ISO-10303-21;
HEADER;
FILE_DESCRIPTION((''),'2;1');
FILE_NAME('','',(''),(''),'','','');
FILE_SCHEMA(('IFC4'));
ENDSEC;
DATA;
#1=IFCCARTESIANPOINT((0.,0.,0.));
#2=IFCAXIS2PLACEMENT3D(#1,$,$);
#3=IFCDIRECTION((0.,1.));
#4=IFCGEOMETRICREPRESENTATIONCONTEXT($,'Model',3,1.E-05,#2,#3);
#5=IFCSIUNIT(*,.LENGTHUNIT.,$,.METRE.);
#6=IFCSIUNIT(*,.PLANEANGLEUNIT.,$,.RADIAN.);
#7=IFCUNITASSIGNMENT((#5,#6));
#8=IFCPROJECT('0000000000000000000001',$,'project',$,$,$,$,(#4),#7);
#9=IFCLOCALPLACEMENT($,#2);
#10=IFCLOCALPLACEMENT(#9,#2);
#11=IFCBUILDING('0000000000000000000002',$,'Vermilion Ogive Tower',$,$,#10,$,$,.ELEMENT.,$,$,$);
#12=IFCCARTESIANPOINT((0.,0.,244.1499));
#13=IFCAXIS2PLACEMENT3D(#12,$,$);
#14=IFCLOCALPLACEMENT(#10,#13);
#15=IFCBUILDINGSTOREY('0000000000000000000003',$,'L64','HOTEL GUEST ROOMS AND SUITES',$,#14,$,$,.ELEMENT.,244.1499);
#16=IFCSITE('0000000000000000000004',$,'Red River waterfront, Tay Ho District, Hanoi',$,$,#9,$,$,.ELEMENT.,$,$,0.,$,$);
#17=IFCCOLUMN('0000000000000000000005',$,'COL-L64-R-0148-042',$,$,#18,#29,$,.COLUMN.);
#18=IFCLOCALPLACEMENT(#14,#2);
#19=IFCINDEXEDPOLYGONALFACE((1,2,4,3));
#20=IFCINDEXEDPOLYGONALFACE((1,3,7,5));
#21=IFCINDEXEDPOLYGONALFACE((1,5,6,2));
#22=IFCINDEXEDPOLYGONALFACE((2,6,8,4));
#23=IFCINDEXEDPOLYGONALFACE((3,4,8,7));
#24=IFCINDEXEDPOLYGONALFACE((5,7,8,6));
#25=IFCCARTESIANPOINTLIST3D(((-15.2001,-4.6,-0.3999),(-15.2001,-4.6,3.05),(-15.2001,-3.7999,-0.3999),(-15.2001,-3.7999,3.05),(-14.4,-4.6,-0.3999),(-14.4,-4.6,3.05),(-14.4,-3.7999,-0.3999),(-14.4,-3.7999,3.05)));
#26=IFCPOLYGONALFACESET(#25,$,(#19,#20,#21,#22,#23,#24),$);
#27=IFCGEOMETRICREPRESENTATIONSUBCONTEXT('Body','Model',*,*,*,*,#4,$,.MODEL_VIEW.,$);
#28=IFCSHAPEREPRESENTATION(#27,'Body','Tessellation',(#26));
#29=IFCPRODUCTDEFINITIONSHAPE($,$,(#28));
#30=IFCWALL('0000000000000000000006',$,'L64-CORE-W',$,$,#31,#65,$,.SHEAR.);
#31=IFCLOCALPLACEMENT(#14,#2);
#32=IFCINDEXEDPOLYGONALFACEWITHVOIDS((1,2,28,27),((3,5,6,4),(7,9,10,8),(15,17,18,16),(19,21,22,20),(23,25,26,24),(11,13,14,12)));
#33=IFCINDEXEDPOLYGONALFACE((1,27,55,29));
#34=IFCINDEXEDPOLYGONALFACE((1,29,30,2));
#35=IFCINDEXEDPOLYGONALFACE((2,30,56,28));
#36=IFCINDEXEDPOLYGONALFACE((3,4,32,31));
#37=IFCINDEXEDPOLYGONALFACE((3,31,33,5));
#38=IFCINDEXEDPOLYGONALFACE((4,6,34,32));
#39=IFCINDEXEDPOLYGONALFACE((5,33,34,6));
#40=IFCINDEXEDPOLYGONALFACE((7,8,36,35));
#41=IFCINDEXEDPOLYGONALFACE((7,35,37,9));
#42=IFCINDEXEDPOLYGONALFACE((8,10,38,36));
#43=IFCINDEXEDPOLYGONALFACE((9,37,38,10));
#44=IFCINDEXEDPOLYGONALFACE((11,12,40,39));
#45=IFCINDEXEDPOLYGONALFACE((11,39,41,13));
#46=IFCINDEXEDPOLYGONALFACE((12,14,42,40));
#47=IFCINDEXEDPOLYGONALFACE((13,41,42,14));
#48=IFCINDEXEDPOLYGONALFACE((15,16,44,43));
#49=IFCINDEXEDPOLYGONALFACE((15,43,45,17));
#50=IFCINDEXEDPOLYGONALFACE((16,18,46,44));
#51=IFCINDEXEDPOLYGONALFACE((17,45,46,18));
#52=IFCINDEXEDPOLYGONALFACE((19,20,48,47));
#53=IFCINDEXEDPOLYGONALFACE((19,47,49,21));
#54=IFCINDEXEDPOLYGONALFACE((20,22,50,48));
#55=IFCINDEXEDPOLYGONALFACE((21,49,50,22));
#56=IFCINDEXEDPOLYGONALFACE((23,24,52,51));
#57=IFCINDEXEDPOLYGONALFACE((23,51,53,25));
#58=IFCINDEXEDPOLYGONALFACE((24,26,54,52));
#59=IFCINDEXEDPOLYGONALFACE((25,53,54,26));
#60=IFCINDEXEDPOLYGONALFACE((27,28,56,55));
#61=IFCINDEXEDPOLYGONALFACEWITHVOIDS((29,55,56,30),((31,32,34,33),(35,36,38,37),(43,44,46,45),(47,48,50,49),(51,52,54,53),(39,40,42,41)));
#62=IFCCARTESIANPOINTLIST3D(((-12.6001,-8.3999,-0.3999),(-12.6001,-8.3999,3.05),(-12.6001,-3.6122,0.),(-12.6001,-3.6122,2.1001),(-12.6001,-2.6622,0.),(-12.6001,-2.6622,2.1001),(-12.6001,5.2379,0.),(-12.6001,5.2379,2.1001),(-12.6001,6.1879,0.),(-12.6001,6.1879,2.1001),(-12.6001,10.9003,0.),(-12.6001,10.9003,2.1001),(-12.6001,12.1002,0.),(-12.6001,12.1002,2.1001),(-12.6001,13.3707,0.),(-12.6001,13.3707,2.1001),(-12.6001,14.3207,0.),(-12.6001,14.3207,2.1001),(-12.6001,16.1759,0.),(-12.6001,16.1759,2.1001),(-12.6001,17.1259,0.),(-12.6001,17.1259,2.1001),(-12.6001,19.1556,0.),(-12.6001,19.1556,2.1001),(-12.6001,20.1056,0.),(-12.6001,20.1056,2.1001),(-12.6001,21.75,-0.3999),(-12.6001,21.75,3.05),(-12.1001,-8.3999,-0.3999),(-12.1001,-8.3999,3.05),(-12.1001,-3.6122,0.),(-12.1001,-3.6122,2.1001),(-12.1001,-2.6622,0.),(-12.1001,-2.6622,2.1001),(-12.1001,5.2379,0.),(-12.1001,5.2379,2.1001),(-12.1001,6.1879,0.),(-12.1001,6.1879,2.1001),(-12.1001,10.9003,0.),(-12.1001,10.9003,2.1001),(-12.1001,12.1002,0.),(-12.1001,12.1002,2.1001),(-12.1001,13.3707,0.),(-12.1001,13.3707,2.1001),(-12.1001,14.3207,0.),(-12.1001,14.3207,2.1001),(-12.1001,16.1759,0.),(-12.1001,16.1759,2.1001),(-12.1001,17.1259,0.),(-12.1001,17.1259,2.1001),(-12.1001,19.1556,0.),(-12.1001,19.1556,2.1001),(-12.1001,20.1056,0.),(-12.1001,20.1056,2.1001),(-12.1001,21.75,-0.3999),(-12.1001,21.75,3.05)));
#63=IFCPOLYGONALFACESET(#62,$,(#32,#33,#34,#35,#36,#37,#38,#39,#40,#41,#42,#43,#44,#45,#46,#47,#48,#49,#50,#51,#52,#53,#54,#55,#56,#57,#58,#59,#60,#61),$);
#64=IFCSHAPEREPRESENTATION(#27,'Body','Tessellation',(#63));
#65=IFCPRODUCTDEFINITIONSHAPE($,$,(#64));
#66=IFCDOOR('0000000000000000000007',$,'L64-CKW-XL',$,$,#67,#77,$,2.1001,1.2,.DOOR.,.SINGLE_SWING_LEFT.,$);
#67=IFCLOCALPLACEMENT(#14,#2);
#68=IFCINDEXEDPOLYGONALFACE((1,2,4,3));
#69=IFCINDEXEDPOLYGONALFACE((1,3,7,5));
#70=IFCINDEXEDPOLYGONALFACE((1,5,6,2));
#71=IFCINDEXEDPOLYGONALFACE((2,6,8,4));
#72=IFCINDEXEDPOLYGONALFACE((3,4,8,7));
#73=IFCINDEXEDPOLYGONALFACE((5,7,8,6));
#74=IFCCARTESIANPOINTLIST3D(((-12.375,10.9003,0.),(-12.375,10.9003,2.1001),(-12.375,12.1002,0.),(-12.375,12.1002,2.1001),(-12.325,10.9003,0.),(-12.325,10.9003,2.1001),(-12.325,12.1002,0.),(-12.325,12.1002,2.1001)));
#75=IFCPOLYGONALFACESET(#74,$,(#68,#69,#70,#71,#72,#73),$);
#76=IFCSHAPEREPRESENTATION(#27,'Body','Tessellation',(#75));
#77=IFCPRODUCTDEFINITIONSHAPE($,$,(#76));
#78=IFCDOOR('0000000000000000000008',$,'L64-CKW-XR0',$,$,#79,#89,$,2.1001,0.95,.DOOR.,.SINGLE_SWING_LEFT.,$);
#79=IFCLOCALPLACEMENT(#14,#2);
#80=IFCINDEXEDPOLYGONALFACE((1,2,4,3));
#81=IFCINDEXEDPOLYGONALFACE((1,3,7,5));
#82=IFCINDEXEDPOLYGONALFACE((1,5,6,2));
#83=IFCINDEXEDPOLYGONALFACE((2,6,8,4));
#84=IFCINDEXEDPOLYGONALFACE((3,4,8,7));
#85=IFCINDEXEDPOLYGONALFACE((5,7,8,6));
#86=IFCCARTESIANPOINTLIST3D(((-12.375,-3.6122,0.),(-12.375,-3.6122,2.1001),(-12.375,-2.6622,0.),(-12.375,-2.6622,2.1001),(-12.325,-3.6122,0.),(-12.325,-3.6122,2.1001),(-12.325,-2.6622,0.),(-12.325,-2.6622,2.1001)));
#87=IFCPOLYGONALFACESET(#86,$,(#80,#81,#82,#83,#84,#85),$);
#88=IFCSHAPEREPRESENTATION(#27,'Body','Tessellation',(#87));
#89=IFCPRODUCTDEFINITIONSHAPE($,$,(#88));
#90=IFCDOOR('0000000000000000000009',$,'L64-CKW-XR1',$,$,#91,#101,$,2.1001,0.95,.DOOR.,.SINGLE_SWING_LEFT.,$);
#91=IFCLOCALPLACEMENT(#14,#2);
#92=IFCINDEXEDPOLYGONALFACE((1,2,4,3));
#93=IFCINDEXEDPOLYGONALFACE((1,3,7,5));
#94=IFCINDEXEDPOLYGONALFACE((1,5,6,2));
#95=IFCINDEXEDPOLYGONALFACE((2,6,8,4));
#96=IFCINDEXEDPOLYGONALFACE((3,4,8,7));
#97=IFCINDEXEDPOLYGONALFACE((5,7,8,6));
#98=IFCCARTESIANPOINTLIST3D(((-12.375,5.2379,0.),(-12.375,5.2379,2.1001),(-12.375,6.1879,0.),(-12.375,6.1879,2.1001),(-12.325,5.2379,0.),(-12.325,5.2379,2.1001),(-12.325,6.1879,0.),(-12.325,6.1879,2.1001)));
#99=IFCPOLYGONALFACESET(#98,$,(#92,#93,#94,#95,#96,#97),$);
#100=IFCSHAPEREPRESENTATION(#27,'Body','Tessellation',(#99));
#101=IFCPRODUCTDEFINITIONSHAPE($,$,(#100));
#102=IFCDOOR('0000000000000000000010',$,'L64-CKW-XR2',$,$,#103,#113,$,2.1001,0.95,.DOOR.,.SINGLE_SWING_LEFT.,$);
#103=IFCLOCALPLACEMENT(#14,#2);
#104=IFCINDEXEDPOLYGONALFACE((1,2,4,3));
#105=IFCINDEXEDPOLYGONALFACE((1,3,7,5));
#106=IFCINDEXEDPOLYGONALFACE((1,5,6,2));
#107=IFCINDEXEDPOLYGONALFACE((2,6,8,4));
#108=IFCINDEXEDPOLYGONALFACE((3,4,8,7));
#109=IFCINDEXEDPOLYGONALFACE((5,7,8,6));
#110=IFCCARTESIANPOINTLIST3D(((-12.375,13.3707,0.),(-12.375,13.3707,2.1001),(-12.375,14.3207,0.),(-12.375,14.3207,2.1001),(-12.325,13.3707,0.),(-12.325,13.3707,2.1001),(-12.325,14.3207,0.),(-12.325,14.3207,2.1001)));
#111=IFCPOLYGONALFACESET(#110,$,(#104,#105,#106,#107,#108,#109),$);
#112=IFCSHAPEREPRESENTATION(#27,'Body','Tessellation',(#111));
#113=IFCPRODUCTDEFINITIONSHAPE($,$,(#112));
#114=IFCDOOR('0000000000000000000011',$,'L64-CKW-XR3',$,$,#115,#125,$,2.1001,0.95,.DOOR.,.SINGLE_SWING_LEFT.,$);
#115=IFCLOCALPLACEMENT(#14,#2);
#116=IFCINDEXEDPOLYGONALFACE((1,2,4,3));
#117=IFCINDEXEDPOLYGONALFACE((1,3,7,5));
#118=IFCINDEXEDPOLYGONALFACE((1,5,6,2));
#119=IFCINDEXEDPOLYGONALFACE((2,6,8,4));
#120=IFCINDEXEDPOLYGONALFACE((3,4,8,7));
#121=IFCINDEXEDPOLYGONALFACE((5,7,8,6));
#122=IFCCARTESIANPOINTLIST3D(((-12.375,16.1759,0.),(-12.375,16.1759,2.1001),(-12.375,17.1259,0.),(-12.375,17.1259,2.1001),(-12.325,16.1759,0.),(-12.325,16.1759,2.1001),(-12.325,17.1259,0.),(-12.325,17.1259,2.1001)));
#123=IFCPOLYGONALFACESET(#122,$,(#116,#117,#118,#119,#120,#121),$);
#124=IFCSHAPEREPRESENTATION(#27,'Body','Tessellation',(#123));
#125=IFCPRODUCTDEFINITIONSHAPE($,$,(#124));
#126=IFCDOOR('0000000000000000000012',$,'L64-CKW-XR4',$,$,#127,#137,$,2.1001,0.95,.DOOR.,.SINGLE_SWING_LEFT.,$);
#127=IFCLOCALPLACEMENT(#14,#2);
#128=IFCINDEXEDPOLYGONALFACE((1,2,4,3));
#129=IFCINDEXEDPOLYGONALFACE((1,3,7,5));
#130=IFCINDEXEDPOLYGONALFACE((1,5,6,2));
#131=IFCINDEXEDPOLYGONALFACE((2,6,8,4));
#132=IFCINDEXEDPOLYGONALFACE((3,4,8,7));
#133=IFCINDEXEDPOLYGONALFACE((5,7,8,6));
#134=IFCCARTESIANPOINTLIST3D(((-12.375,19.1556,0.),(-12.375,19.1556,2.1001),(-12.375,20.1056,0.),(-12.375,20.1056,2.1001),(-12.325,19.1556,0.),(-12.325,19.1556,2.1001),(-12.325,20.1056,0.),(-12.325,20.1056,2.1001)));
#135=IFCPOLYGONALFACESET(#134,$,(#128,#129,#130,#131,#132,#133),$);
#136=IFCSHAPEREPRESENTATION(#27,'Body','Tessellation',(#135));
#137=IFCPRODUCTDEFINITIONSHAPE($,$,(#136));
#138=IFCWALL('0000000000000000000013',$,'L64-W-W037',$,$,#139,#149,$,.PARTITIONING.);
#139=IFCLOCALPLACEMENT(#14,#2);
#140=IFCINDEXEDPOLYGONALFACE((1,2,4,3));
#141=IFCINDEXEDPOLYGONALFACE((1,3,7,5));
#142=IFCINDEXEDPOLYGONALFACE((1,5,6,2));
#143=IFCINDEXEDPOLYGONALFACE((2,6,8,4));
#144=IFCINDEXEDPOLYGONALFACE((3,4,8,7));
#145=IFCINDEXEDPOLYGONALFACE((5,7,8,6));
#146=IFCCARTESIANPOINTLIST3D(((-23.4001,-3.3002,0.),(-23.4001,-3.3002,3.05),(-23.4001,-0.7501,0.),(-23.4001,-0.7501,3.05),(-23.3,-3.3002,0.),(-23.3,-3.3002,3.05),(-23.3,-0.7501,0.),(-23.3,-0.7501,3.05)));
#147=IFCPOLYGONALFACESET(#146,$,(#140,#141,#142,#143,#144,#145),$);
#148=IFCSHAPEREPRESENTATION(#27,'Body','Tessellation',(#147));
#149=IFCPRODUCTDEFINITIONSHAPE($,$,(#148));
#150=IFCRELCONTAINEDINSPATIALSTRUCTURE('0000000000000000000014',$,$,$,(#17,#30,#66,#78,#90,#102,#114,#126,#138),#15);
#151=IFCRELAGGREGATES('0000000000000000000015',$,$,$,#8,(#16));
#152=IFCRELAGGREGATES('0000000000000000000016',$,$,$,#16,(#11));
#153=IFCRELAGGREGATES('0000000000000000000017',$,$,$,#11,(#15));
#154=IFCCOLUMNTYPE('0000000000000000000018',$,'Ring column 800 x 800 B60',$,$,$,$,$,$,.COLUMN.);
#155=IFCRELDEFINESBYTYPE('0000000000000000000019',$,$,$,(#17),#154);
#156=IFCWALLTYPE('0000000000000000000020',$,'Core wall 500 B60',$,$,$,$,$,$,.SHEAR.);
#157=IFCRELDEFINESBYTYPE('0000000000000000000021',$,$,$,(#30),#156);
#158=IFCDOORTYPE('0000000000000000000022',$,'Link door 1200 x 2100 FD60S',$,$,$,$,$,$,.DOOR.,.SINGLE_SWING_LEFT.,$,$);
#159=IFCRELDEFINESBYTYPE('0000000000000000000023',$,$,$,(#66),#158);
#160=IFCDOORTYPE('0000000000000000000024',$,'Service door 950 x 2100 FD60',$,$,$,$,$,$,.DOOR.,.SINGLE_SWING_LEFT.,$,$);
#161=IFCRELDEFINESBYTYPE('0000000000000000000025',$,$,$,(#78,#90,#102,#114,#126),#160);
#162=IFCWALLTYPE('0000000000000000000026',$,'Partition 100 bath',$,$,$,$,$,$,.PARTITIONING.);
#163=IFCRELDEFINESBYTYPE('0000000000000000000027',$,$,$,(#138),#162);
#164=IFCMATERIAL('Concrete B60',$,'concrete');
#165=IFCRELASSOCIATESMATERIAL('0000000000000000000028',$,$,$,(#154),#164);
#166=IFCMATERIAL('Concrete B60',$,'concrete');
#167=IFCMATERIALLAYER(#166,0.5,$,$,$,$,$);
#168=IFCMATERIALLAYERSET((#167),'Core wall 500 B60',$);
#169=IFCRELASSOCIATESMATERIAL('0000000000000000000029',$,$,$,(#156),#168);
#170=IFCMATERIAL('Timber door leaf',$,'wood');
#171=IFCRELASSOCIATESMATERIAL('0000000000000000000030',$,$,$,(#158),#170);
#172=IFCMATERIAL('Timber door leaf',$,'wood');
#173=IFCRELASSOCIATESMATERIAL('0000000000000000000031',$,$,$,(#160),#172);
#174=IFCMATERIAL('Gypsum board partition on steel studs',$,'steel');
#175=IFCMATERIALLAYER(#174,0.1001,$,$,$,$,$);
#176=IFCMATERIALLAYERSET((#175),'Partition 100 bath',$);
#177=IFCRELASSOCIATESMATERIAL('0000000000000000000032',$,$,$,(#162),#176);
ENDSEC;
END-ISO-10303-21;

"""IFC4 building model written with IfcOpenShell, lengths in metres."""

from ifc_helpers import new_model, si_unit, direction, frame, frame_2d, origin, origin_2d, place, context, subcontext, project, spatial, rectangle, extrude, material, layer, layer_set, material_profile, profile_set, type_object, element, fill, save


model = new_model("IFC4")

# Units and contexts
model_context = context("Model", 3, precision=1e-05, world=origin(), true_north=direction((0.0, 1.0)))
body_context = subcontext(model_context, "Body", "Model", "MODEL_VIEW")
ifc_project = project(units=[si_unit("LENGTHUNIT", "METRE"), si_unit("PLANEANGLEUNIT", "RADIAN")], contexts=[model_context])

# Site, building, storey
site_placement = place(None, origin())
site = spatial("IfcSite", under=ifc_project, at=site_placement, Name="Red River waterfront, Tay Ho District, Hanoi", CompositionType="ELEMENT", RefElevation=0.0)
building_placement = place(site_placement, origin())
building = spatial("IfcBuilding", under=site, at=building_placement, Name="Vermilion Ogive Tower", CompositionType="ELEMENT")
storey_placement = place(building_placement, frame((0.0, 0.0, 244.1499)))
storey = spatial("IfcBuildingStorey", under=building, at=storey_placement, Name="L64", Description="HOTEL GUEST ROOMS AND SUITES", CompositionType="ELEMENT", Elevation=244.1499)

# Column
ifc_material_1 = material(Name="Concrete B60", Category="concrete")
ifc_material_profile = material_profile(ifc_material_1, rectangle(XDim=0.8, YDim=0.8, at=origin_2d()), Name="800 x 800")
ifc_profile_set = profile_set([ifc_material_profile], Name="Concrete B60")
column_type = type_object("IfcColumnType", Name="Ring column 800 x 800 B60", PredefinedType="COLUMN", material=ifc_profile_set)
column_placement = place(storey_placement, frame((-14.8, -4.2, -0.3999), z_axis=(0.0, 0.0, 1.0), x_axis=(1.0, 0.0, 0.0)))
element("IfcColumn", 1, at=column_placement, inside=storey, type_object=column_type, Name="COL-L64-R-0148-042", PredefinedType="COLUMN", context=body_context, shape_type="SweptSolid", body=[
    extrude(rectangle(XDim=0.8, YDim=0.8, at=origin_2d()), origin(), (0.0, 0.0, 1.0), 3.45),
])

# Wall, openings, doors
ifc_material_2 = material(Name="Concrete B60", Category="concrete")
ifc_layer_1 = layer(ifc_material_2, 0.5)
ifc_layer_set_1 = layer_set([ifc_layer_1], Name="Core wall 500 B60")
wall_type_1 = type_object("IfcWallType", Name="Core wall 500 B60", PredefinedType="SHEAR", material=ifc_layer_set_1)
wall_1_placement = place(storey_placement, frame((-12.3501, -8.3999, -0.3999), z_axis=(0.0, 0.0, 1.0), x_axis=(0.0, 1.0, 0.0)))
wall_1 = element("IfcWall", 2, at=wall_1_placement, inside=storey, type_object=wall_type_1, Name="L64-CORE-W", PredefinedType="SHEAR", context=body_context, shape_type="SweptSolid", body=[
    extrude(rectangle(XDim=30.1499, YDim=0.5, at=frame_2d((15.075, 0.0))), origin(), (0.0, 0.0, 1.0), 3.45),
])
opening_1_placement = place(wall_1_placement, frame((4.7876, 0.0, 0.3999)))
opening_1 = element("IfcOpeningElement", 3, at=opening_1_placement, cuts=wall_1, PredefinedType="OPENING", context=body_context, shape_type="SweptSolid", body=[
    extrude(rectangle(XDim=0.95, YDim=2.1001, at=frame_2d((0.4751, 1.05))), frame((0.0, 0.26, 0.0), z_axis=(0.0, -1.0, 0.0), x_axis=(1.0, 0.0, 0.0)), (0.0, 0.0, 1.0), 0.52),
])
opening_2_placement = place(wall_1_placement, frame((13.6377, 0.0, 0.3999)))
opening_2 = element("IfcOpeningElement", 4, at=opening_2_placement, cuts=wall_1, PredefinedType="OPENING", context=body_context, shape_type="SweptSolid", body=[
    extrude(rectangle(XDim=0.95, YDim=2.1001, at=frame_2d((0.4751, 1.05))), frame((0.0, 0.26, 0.0), z_axis=(0.0, -1.0, 0.0), x_axis=(1.0, 0.0, 0.0)), (0.0, 0.0, 1.0), 0.52),
])
opening_3_placement = place(wall_1_placement, frame((21.7705, 0.0, 0.3999)))
opening_3 = element("IfcOpeningElement", 5, at=opening_3_placement, cuts=wall_1, PredefinedType="OPENING", context=body_context, shape_type="SweptSolid", body=[
    extrude(rectangle(XDim=0.95, YDim=2.1001, at=frame_2d((0.4751, 1.05))), frame((0.0, 0.26, 0.0), z_axis=(0.0, -1.0, 0.0), x_axis=(1.0, 0.0, 0.0)), (0.0, 0.0, 1.0), 0.52),
])
opening_4_placement = place(wall_1_placement, frame((24.5757, 0.0, 0.3999)))
opening_4 = element("IfcOpeningElement", 6, at=opening_4_placement, cuts=wall_1, PredefinedType="OPENING", context=body_context, shape_type="SweptSolid", body=[
    extrude(rectangle(XDim=0.95, YDim=2.1001, at=frame_2d((0.4751, 1.05))), frame((0.0, 0.26, 0.0), z_axis=(0.0, -1.0, 0.0), x_axis=(1.0, 0.0, 0.0)), (0.0, 0.0, 1.0), 0.52),
])
opening_5_placement = place(wall_1_placement, frame((27.5554, 0.0, 0.3999)))
opening_5 = element("IfcOpeningElement", 7, at=opening_5_placement, cuts=wall_1, PredefinedType="OPENING", context=body_context, shape_type="SweptSolid", body=[
    extrude(rectangle(XDim=0.95, YDim=2.1001, at=frame_2d((0.4751, 1.05))), frame((0.0, 0.26, 0.0), z_axis=(0.0, -1.0, 0.0), x_axis=(1.0, 0.0, 0.0)), (0.0, 0.0, 1.0), 0.52),
])
opening_6_placement = place(wall_1_placement, frame((19.3, 0.0, 0.3999)))
opening_6 = element("IfcOpeningElement", 8, at=opening_6_placement, cuts=wall_1, PredefinedType="OPENING", context=body_context, shape_type="SweptSolid", body=[
    extrude(rectangle(XDim=1.2, YDim=2.1001, at=frame_2d((0.6001, 1.05))), frame((0.0, 0.26, 0.0), z_axis=(0.0, -1.0, 0.0), x_axis=(1.0, 0.0, 0.0)), (0.0, 0.0, 1.0), 0.52),
])
ifc_material_3 = material(Name="Timber door leaf", Category="wood")
door_type_1 = type_object("IfcDoorType", Name="Link door 1200 x 2100 FD60S", OperationType="SINGLE_SWING_LEFT", PredefinedType="DOOR", material=ifc_material_3)
door_1_placement = place(opening_6_placement, origin())
door_1 = element("IfcDoor", 9, at=door_1_placement, inside=storey, type_object=door_type_1, Name="L64-CKW-XL", OperationType="SINGLE_SWING_LEFT", OverallHeight=2.1001, OverallWidth=1.2, PredefinedType="DOOR", context=body_context, shape_type="SweptSolid", body=[
    extrude(rectangle(XDim=1.2, YDim=2.1001, at=frame_2d((0.6001, 1.05))), frame((0.0, 0.0249, 0.0), z_axis=(0.0, -1.0, 0.0), x_axis=(1.0, 0.0, 0.0)), (0.0, 0.0, 1.0), 0.05),
])
fill(opening_6, door_1)
ifc_material_4 = material(Name="Timber door leaf", Category="wood")
door_type_2 = type_object("IfcDoorType", Name="Service door 950 x 2100 FD60", OperationType="SINGLE_SWING_LEFT", PredefinedType="DOOR", material=ifc_material_4)
door_2_placement = place(opening_1_placement, origin())
door_2 = element("IfcDoor", 10, at=door_2_placement, inside=storey, type_object=door_type_2, Name="L64-CKW-XR0", OperationType="SINGLE_SWING_LEFT", OverallHeight=2.1001, OverallWidth=0.95, PredefinedType="DOOR", context=body_context, shape_type="SweptSolid", body=[
    extrude(rectangle(XDim=0.95, YDim=2.1001, at=frame_2d((0.4751, 1.05))), frame((0.0, 0.0249, 0.0), z_axis=(0.0, -1.0, 0.0), x_axis=(1.0, 0.0, 0.0)), (0.0, 0.0, 1.0), 0.05),
])
fill(opening_1, door_2)
door_3_placement = place(opening_2_placement, origin())
door_3 = element("IfcDoor", 11, at=door_3_placement, inside=storey, type_object=door_type_2, Name="L64-CKW-XR1", OperationType="SINGLE_SWING_LEFT", OverallHeight=2.1001, OverallWidth=0.95, PredefinedType="DOOR", context=body_context, shape_type="SweptSolid", body=[
    extrude(rectangle(XDim=0.95, YDim=2.1001, at=frame_2d((0.4751, 1.05))), frame((0.0, 0.0249, 0.0), z_axis=(0.0, -1.0, 0.0), x_axis=(1.0, 0.0, 0.0)), (0.0, 0.0, 1.0), 0.05),
])
fill(opening_2, door_3)
door_4_placement = place(opening_3_placement, origin())
door_4 = element("IfcDoor", 12, at=door_4_placement, inside=storey, type_object=door_type_2, Name="L64-CKW-XR2", OperationType="SINGLE_SWING_LEFT", OverallHeight=2.1001, OverallWidth=0.95, PredefinedType="DOOR", context=body_context, shape_type="SweptSolid", body=[
    extrude(rectangle(XDim=0.95, YDim=2.1001, at=frame_2d((0.4751, 1.05))), frame((0.0, 0.0249, 0.0), z_axis=(0.0, -1.0, 0.0), x_axis=(1.0, 0.0, 0.0)), (0.0, 0.0, 1.0), 0.05),
])
fill(opening_3, door_4)
door_5_placement = place(opening_4_placement, origin())
door_5 = element("IfcDoor", 13, at=door_5_placement, inside=storey, type_object=door_type_2, Name="L64-CKW-XR3", OperationType="SINGLE_SWING_LEFT", OverallHeight=2.1001, OverallWidth=0.95, PredefinedType="DOOR", context=body_context, shape_type="SweptSolid", body=[
    extrude(rectangle(XDim=0.95, YDim=2.1001, at=frame_2d((0.4751, 1.05))), frame((0.0, 0.0249, 0.0), z_axis=(0.0, -1.0, 0.0), x_axis=(1.0, 0.0, 0.0)), (0.0, 0.0, 1.0), 0.05),
])
fill(opening_4, door_5)
door_6_placement = place(opening_5_placement, origin())
door_6 = element("IfcDoor", 14, at=door_6_placement, inside=storey, type_object=door_type_2, Name="L64-CKW-XR4", OperationType="SINGLE_SWING_LEFT", OverallHeight=2.1001, OverallWidth=0.95, PredefinedType="DOOR", context=body_context, shape_type="SweptSolid", body=[
    extrude(rectangle(XDim=0.95, YDim=2.1001, at=frame_2d((0.4751, 1.05))), frame((0.0, 0.0249, 0.0), z_axis=(0.0, -1.0, 0.0), x_axis=(1.0, 0.0, 0.0)), (0.0, 0.0, 1.0), 0.05),
])
fill(opening_5, door_6)

# Wall
ifc_material_5 = material(Name="Gypsum board partition on steel studs", Category="steel")
ifc_layer_2 = layer(ifc_material_5, 0.1001)
ifc_layer_set_2 = layer_set([ifc_layer_2], Name="Partition 100 bath")
wall_type_2 = type_object("IfcWallType", Name="Partition 100 bath", PredefinedType="PARTITIONING", material=ifc_layer_set_2)
wall_2_placement = place(storey_placement, frame((-23.3501, -3.3, 0.0), z_axis=(0.0, 0.0, 1.0), x_axis=(0.0, 1.0, 0.0)))
element("IfcWall", 15, at=wall_2_placement, inside=storey, type_object=wall_type_2, Name="L64-W-W037", PredefinedType="PARTITIONING", context=body_context, shape_type="SweptSolid", body=[
    extrude(rectangle(XDim=2.55, YDim=0.1001, at=frame_2d((1.2749, 0.0))), origin(), (0.0, 0.0, 1.0), 3.05),
])

save(model, "model.ifc")
